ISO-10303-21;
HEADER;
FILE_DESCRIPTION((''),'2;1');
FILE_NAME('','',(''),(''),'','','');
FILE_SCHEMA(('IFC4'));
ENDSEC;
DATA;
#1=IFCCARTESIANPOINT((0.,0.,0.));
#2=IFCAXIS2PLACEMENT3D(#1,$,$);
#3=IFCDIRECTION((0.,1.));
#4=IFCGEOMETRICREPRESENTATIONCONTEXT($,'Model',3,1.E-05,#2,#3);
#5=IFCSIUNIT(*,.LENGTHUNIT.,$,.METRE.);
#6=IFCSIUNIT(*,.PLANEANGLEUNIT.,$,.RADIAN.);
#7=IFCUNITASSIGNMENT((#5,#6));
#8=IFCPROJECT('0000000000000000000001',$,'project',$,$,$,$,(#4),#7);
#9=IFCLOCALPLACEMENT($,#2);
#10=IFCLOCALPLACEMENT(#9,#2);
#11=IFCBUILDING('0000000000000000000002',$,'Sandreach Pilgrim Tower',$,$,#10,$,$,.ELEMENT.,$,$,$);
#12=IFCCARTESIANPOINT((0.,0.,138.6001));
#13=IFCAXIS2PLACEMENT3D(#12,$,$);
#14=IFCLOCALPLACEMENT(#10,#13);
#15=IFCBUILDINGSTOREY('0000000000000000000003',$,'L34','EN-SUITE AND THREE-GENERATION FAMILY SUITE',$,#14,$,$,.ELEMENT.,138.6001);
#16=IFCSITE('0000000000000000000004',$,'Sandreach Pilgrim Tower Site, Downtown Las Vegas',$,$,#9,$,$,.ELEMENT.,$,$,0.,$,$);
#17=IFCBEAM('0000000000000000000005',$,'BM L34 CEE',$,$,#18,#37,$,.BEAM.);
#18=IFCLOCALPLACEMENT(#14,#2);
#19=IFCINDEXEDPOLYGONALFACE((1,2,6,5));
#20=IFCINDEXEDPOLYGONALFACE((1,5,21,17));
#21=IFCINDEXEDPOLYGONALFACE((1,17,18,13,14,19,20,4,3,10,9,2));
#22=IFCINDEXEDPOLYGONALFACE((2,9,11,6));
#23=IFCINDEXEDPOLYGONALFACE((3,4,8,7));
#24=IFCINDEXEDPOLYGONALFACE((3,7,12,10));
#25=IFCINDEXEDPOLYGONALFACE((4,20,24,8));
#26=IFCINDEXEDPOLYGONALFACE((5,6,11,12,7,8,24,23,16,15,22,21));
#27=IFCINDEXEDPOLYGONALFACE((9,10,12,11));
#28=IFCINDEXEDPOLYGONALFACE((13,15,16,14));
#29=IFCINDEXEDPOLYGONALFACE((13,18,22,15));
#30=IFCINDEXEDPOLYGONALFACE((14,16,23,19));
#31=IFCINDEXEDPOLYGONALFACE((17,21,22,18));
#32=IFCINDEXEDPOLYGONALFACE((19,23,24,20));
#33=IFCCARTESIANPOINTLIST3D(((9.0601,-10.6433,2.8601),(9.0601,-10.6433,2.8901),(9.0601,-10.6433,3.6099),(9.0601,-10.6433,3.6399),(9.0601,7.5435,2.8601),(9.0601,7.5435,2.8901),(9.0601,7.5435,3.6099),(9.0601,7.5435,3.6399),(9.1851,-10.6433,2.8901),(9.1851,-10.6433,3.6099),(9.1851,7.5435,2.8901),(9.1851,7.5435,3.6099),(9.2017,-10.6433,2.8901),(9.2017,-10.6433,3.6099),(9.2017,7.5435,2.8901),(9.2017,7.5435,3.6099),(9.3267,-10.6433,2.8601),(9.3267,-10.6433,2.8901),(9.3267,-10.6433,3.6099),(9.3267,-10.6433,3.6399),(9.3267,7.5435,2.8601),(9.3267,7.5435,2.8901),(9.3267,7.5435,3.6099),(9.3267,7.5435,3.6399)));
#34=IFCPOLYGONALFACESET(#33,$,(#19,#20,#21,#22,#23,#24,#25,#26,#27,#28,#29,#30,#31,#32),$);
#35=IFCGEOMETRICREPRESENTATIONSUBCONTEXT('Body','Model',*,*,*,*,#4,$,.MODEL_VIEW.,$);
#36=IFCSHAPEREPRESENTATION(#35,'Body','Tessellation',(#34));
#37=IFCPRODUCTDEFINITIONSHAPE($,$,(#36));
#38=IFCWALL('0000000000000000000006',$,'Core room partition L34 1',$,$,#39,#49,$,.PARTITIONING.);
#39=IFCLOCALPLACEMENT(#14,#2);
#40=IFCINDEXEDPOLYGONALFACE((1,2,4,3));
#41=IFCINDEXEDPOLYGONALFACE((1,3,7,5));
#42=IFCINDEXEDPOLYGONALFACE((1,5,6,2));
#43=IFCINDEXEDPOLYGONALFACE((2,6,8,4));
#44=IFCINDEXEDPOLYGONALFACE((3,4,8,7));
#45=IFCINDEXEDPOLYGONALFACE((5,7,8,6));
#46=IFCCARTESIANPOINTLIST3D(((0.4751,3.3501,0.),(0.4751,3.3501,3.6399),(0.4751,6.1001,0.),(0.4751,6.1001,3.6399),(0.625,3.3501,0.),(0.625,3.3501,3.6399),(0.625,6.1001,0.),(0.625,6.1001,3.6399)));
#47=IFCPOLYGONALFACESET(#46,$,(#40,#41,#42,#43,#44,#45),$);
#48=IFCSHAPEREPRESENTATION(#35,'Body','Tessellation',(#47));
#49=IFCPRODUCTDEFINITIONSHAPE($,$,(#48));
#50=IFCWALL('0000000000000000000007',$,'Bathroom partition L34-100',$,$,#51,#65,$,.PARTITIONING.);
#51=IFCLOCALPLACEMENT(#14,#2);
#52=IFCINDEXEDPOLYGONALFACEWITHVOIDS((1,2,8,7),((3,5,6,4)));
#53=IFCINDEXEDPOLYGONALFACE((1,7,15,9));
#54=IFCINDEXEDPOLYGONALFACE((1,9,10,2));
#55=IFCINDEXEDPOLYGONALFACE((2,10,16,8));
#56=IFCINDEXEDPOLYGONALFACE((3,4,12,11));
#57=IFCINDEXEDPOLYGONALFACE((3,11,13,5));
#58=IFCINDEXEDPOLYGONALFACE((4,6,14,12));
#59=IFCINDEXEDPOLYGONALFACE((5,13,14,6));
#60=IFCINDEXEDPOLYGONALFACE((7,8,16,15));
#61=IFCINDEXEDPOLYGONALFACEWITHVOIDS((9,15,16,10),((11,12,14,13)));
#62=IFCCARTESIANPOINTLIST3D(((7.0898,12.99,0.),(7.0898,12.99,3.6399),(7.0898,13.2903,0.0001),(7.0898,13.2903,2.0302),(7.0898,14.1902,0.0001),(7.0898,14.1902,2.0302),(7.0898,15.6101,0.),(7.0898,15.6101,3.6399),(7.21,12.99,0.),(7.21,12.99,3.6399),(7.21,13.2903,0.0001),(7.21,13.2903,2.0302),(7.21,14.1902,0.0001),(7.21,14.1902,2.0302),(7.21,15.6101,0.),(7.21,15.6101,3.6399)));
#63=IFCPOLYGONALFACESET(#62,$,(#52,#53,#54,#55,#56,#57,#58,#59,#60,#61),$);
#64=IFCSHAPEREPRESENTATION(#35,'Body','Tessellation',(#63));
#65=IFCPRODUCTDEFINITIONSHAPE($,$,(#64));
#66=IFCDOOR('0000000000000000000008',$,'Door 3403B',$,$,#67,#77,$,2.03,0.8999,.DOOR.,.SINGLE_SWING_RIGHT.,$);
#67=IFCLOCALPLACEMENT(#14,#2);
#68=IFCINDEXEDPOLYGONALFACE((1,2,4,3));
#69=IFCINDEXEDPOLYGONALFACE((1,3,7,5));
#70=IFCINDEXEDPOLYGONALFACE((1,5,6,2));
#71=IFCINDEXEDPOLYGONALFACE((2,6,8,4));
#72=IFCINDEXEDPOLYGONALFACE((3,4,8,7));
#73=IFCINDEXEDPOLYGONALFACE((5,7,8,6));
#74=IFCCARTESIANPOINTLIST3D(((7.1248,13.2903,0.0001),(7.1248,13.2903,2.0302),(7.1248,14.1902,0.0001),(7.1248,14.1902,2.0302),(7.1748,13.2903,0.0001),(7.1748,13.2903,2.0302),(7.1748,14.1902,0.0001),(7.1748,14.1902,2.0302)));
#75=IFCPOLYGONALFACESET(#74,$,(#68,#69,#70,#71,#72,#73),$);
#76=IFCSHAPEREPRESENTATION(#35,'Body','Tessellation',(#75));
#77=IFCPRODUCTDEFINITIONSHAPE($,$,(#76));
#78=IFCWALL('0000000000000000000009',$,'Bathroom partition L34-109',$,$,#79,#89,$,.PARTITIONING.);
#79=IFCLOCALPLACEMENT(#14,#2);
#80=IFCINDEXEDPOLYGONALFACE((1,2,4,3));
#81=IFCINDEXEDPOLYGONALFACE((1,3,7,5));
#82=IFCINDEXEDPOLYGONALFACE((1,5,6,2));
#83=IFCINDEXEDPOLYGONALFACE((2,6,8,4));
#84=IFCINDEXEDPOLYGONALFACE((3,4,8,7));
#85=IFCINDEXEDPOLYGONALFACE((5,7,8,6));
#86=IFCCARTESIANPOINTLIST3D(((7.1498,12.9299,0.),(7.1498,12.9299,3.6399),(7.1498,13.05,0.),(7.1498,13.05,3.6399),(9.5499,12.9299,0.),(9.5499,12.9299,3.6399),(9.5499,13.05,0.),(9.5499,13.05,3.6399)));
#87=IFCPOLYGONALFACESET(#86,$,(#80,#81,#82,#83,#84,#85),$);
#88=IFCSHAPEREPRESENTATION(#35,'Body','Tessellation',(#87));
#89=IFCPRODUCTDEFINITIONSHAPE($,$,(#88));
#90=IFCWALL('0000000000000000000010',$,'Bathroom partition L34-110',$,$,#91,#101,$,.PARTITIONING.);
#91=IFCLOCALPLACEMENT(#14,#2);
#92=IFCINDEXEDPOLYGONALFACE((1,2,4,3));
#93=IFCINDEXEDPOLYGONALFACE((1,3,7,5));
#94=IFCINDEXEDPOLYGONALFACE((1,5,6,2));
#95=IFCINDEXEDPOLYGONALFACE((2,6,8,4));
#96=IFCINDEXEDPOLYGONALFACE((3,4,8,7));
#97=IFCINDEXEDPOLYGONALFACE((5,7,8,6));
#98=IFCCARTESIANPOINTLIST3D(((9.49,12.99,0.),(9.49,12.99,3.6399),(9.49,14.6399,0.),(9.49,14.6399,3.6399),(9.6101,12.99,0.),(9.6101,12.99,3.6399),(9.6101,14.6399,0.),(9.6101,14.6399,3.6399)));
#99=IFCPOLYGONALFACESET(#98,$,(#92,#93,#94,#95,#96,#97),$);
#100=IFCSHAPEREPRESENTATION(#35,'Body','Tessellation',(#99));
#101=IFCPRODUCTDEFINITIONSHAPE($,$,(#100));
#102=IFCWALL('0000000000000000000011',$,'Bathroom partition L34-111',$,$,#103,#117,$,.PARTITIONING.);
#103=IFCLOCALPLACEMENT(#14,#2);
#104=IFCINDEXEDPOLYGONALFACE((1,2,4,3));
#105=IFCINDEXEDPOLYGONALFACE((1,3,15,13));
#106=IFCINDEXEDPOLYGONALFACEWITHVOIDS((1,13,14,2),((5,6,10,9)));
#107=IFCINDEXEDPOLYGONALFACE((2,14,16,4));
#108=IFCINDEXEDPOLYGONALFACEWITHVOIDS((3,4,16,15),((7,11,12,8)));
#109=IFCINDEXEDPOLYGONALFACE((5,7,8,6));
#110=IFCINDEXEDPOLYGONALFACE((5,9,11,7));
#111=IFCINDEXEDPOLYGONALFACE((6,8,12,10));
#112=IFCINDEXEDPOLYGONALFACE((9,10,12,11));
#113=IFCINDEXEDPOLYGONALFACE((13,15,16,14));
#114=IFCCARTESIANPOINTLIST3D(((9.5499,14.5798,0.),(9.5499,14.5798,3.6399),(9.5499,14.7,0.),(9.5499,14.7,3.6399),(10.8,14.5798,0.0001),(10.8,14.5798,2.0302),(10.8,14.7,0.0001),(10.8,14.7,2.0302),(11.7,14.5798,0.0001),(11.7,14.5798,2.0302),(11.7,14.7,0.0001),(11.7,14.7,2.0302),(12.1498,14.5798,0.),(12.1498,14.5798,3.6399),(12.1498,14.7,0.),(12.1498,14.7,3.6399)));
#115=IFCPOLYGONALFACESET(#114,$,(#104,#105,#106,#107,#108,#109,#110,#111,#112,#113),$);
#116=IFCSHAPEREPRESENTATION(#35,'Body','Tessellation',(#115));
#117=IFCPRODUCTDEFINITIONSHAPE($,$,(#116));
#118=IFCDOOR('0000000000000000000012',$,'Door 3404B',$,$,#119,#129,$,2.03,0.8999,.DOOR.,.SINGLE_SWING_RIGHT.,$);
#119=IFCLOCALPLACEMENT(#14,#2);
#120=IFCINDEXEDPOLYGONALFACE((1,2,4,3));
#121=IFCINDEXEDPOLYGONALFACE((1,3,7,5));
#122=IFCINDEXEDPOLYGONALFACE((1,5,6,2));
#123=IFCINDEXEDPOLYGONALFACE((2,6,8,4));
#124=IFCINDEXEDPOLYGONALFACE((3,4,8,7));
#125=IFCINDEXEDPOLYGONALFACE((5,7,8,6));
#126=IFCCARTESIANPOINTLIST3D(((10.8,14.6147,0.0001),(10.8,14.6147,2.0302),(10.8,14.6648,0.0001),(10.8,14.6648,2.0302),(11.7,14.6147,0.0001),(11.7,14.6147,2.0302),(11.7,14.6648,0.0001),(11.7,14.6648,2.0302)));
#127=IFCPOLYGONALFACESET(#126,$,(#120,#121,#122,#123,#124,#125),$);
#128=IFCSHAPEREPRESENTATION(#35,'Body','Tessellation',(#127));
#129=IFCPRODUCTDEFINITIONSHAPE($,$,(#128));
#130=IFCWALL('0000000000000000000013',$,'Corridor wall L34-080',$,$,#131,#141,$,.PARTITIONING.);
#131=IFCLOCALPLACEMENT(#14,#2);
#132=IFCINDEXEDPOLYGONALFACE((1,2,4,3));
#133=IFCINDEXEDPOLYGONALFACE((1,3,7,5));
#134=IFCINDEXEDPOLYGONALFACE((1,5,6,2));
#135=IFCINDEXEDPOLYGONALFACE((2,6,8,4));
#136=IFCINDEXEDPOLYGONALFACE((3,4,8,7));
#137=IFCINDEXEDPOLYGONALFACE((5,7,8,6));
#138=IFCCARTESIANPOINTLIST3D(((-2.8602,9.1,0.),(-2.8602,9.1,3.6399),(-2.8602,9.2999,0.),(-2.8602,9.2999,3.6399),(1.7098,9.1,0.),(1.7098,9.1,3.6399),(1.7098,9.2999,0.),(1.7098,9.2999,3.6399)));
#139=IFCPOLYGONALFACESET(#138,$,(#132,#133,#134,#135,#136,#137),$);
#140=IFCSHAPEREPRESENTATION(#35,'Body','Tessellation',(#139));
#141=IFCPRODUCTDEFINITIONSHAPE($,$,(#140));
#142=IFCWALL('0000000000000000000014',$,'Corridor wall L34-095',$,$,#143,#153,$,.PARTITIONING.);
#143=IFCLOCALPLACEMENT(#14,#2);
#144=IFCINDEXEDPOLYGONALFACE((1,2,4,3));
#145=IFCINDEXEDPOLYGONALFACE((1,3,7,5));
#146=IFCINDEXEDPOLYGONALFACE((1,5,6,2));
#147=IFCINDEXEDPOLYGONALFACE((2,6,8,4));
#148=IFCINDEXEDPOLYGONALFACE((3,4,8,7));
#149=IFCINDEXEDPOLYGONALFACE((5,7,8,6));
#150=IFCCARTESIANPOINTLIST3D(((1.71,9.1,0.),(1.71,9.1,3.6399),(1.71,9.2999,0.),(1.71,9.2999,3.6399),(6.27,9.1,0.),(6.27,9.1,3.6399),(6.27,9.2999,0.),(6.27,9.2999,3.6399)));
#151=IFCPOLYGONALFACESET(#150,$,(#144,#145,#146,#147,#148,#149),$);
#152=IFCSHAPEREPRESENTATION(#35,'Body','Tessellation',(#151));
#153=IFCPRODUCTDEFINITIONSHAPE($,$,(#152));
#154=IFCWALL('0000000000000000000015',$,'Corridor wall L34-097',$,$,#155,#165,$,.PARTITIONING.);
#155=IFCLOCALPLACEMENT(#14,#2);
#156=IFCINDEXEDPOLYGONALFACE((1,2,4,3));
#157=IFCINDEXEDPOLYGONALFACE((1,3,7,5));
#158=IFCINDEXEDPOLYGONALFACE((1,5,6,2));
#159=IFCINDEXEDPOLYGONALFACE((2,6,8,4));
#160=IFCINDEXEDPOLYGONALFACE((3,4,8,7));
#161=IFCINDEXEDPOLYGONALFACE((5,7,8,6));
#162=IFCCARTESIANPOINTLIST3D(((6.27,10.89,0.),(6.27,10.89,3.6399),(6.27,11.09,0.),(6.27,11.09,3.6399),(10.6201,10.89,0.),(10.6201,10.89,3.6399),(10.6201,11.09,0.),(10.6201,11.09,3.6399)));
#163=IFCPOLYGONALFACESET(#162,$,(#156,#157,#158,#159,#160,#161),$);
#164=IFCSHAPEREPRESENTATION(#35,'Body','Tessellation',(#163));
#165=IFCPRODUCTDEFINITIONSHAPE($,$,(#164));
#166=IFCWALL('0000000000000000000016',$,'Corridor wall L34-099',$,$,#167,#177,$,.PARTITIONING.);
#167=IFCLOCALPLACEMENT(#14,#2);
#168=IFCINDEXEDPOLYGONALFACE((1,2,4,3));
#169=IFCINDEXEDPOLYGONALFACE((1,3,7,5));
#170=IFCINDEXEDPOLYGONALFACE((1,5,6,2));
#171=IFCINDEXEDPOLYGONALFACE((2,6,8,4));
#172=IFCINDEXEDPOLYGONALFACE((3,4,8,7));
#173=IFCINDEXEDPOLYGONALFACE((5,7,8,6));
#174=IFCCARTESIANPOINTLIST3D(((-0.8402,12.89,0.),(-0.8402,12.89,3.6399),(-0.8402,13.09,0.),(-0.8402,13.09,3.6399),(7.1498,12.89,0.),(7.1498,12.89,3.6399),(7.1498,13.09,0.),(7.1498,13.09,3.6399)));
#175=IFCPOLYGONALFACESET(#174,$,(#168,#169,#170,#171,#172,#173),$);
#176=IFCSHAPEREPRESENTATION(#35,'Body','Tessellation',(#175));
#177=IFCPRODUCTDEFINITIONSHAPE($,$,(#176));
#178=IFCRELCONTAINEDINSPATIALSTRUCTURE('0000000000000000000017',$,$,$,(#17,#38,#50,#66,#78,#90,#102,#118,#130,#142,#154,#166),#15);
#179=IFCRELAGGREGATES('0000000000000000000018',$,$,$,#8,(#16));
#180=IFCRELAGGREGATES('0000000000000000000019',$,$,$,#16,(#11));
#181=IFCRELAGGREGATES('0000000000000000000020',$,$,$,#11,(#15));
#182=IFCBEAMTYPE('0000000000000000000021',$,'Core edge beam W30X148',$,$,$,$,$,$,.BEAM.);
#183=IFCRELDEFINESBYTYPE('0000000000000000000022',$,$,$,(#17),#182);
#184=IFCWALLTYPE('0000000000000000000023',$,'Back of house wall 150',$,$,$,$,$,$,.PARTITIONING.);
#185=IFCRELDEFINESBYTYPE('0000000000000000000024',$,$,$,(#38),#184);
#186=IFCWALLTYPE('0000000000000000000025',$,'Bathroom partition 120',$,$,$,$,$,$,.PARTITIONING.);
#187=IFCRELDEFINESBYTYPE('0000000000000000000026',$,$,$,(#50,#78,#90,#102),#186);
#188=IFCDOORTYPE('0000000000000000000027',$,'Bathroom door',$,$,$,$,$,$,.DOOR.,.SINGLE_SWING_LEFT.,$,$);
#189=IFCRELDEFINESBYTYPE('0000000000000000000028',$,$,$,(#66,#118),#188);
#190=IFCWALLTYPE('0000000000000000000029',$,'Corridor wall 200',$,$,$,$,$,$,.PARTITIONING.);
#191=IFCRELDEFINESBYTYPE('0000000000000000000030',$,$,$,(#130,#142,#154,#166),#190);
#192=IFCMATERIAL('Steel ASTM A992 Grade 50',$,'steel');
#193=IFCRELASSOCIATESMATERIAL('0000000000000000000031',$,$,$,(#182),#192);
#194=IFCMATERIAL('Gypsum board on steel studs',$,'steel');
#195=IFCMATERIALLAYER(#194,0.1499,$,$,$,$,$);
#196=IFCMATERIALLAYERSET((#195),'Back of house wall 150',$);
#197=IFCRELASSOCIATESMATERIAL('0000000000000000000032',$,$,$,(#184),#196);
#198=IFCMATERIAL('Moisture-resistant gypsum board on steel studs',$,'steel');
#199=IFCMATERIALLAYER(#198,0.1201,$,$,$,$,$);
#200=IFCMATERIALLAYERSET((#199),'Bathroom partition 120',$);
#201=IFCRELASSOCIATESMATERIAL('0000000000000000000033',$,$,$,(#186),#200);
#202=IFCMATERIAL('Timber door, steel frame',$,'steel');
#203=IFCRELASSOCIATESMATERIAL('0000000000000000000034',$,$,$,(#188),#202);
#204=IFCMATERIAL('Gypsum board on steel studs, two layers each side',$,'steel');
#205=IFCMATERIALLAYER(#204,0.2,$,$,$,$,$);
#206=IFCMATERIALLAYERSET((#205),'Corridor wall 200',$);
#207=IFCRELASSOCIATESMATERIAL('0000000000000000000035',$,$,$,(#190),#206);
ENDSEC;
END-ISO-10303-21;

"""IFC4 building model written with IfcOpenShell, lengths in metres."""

from ifc_helpers import new_model, si_unit, direction, frame, frame_2d, origin, origin_2d, place, context, subcontext, project, spatial, rectangle, i_section, extrude, material, layer, layer_set, material_profile, profile_set, type_object, element, fill, save


model = new_model("IFC4")

# Units and contexts
model_context = context("Model", 3, precision=1e-05, world=origin(), true_north=direction((0.0, 1.0)))
body_context = subcontext(model_context, "Body", "Model", "MODEL_VIEW")
ifc_project = project(units=[si_unit("LENGTHUNIT", "METRE"), si_unit("PLANEANGLEUNIT", "RADIAN")], contexts=[model_context])

# Site, building, storey
site_placement = place(None, origin())
site = spatial("IfcSite", under=ifc_project, at=site_placement, Name="Sandreach Pilgrim Tower Site, Downtown Las Vegas", CompositionType="ELEMENT", RefElevation=0.0)
building_placement = place(site_placement, origin())
building = spatial("IfcBuilding", under=site, at=building_placement, Name="Sandreach Pilgrim Tower", CompositionType="ELEMENT")
storey_placement = place(building_placement, frame((0.0, 0.0, 138.6001)))
storey = spatial("IfcBuildingStorey", under=building, at=storey_placement, Name="L34", Description="EN-SUITE AND THREE-GENERATION FAMILY SUITE", CompositionType="ELEMENT", Elevation=138.6001)

# Beam
ifc_material_1 = material(Name="Steel ASTM A992 Grade 50", Category="steel")
ifc_material_profile = material_profile(ifc_material_1, i_section(OverallWidth=0.2666, OverallDepth=0.7798, WebThickness=0.0166, FlangeThickness=0.03, at=origin_2d()), Name="W30X148")
ifc_profile_set = profile_set([ifc_material_profile], Name="Steel ASTM A992 Grade 50")
beam_type = type_object("IfcBeamType", Name="Core edge beam W30X148", PredefinedType="BEAM", material=ifc_profile_set)
beam_placement = place(storey_placement, frame((9.1934, 7.5435, 3.25), z_axis=(0.0, -1.0, 0.0), x_axis=(1.0, 0.0, 0.0)))
element("IfcBeam", 1, at=beam_placement, inside=storey, type_object=beam_type, Name="BM L34 CEE", PredefinedType="BEAM", context=body_context, shape_type="SweptSolid", body=[
    extrude(i_section(OverallWidth=0.2666, OverallDepth=0.7798, WebThickness=0.0166, FlangeThickness=0.03, at=origin_2d()), origin(), (0.0, 0.0, 1.0), 18.1868),
])

# Wall
ifc_material_2 = material(Name="Gypsum board on steel studs", Category="steel")
ifc_layer_1 = layer(ifc_material_2, 0.1499)
ifc_layer_set_1 = layer_set([ifc_layer_1], Name="Back of house wall 150")
wall_type_1 = type_object("IfcWallType", Name="Back of house wall 150", PredefinedType="PARTITIONING", material=ifc_layer_set_1)
wall_1_placement = place(storey_placement, frame((0.55, 3.3501, 0.0), z_axis=(0.0, 0.0, 1.0), x_axis=(0.0, 1.0, 0.0)))
element("IfcWall", 2, at=wall_1_placement, inside=storey, type_object=wall_type_1, Name="Core room partition L34 1", PredefinedType="PARTITIONING", context=body_context, shape_type="SweptSolid", body=[
    extrude(rectangle(XDim=2.75, YDim=0.1499, at=frame_2d((1.375, 0.0))), origin(), (0.0, 0.0, 1.0), 3.6399),
])

# Wall, opening, door
ifc_material_3 = material(Name="Moisture-resistant gypsum board on steel studs", Category="steel")
ifc_layer_2 = layer(ifc_material_3, 0.1201)
ifc_layer_set_2 = layer_set([ifc_layer_2], Name="Bathroom partition 120")
wall_type_2 = type_object("IfcWallType", Name="Bathroom partition 120", PredefinedType="PARTITIONING", material=ifc_layer_set_2)
wall_2_placement = place(storey_placement, frame((7.1499, 15.6101, 0.0), z_axis=(0.0, 0.0, 1.0), x_axis=(0.0, -1.0, 0.0)))
wall_2 = element("IfcWall", 3, at=wall_2_placement, inside=storey, type_object=wall_type_2, Name="Bathroom partition L34-100", PredefinedType="PARTITIONING", context=body_context, shape_type="SweptSolid", body=[
    extrude(rectangle(XDim=2.6201, YDim=0.1201, at=frame_2d((1.3101, 0.0))), origin(), (0.0, 0.0, 1.0), 3.6399),
])
opening_1_placement = place(wall_2_placement, frame((1.4199, 0.0, 0.0)))
opening_1 = element("IfcOpeningElement", 4, at=opening_1_placement, cuts=wall_2, PredefinedType="OPENING", context=body_context, shape_type="SweptSolid", body=[
    extrude(rectangle(XDim=0.8999, YDim=2.03, at=frame_2d((0.45, 1.0151))), frame((0.0, 0.0601, 0.0), z_axis=(0.0, -1.0, 0.0), x_axis=(1.0, 0.0, 0.0)), (0.0, 0.0, 1.0), 0.1201),
])
ifc_material_4 = material(Name="Timber door, steel frame", Category="steel")
door_type_1 = type_object("IfcDoorType", Name="Bathroom door", OperationType="SINGLE_SWING_LEFT", PredefinedType="DOOR", material=ifc_material_4)
door_1_placement = place(opening_1_placement, origin())
door_1 = element("IfcDoor", 5, at=door_1_placement, inside=storey, type_object=door_type_1, Name="Door 3403B", OperationType="SINGLE_SWING_RIGHT", OverallHeight=2.03, OverallWidth=0.8999, PredefinedType="DOOR", context=body_context, shape_type="SweptSolid", body=[
    extrude(rectangle(XDim=0.8999, YDim=2.03, at=frame_2d((0.45, 1.0151))), frame((0.0, 0.0249, 0.0), z_axis=(0.0, -1.0, 0.0), x_axis=(1.0, 0.0, 0.0)), (0.0, 0.0, 1.0), 0.05),
])
fill(opening_1, door_1)

# Walls
wall_3_placement = place(storey_placement, frame((9.55, 12.99, 0.0), z_axis=(0.0, 0.0, 1.0), x_axis=(-1.0, 0.0, 0.0)))
element("IfcWall", 6, at=wall_3_placement, inside=storey, type_object=wall_type_2, Name="Bathroom partition L34-109", PredefinedType="PARTITIONING", context=body_context, shape_type="SweptSolid", body=[
    extrude(rectangle(XDim=2.4001, YDim=0.1201, at=frame_2d((1.2002, 0.0))), origin(), (0.0, 0.0, 1.0), 3.6399),
])
wall_4_placement = place(storey_placement, frame((9.55, 14.6399, 0.0), z_axis=(0.0, 0.0, 1.0), x_axis=(0.0, -1.0, 0.0)))
element("IfcWall", 7, at=wall_4_placement, inside=storey, type_object=wall_type_2, Name="Bathroom partition L34-110", PredefinedType="PARTITIONING", context=body_context, shape_type="SweptSolid", body=[
    extrude(rectangle(XDim=1.6499, YDim=0.1201, at=frame_2d((0.825, 0.0))), origin(), (0.0, 0.0, 1.0), 3.6399),
])

# Wall, opening, door
wall_5_placement = place(storey_placement, frame((9.55, 14.6399, 0.0), z_axis=(0.0, 0.0, 1.0), x_axis=(1.0, 0.0, 0.0)))
wall_5 = element("IfcWall", 8, at=wall_5_placement, inside=storey, type_object=wall_type_2, Name="Bathroom partition L34-111", PredefinedType="PARTITIONING", context=body_context, shape_type="SweptSolid", body=[
    extrude(rectangle(XDim=2.5999, YDim=0.1201, at=frame_2d((1.2998, 0.0))), origin(), (0.0, 0.0, 1.0), 3.6399),
])
opening_2_placement = place(wall_5_placement, frame((1.25, 0.0, 0.0)))
opening_2 = element("IfcOpeningElement", 9, at=opening_2_placement, cuts=wall_5, PredefinedType="OPENING", context=body_context, shape_type="SweptSolid", body=[
    extrude(rectangle(XDim=0.8999, YDim=2.03, at=frame_2d((0.45, 1.0151))), frame((0.0, 0.0601, 0.0), z_axis=(0.0, -1.0, 0.0), x_axis=(1.0, 0.0, 0.0)), (0.0, 0.0, 1.0), 0.1201),
])
door_2_placement = place(opening_2_placement, origin())
door_2 = element("IfcDoor", 10, at=door_2_placement, inside=storey, type_object=door_type_1, Name="Door 3404B", OperationType="SINGLE_SWING_RIGHT", OverallHeight=2.03, OverallWidth=0.8999, PredefinedType="DOOR", context=body_context, shape_type="SweptSolid", body=[
    extrude(rectangle(XDim=0.8999, YDim=2.03, at=frame_2d((0.45, 1.0151))), frame((0.0, 0.0249, 0.0), z_axis=(0.0, -1.0, 0.0), x_axis=(1.0, 0.0, 0.0)), (0.0, 0.0, 1.0), 0.05),
])
fill(opening_2, door_2)

# Wall
ifc_material_5 = material(Name="Gypsum board on steel studs, two layers each side", Category="steel")
ifc_layer_3 = layer(ifc_material_5, 0.2)
ifc_layer_set_3 = layer_set([ifc_layer_3], Name="Corridor wall 200")
wall_type_3 = type_object("IfcWallType", Name="Corridor wall 200", PredefinedType="PARTITIONING", material=ifc_layer_set_3)
wall_6_placement = place(storey_placement, frame((1.71, 9.2, 0.0), z_axis=(0.0, 0.0, 1.0), x_axis=(-1.0, 0.0, 0.0)))
element("IfcWall", 11, at=wall_6_placement, inside=storey, type_object=wall_type_3, Name="Corridor wall L34-080", PredefinedType="PARTITIONING", context=body_context, shape_type="SweptSolid", body=[
    extrude(rectangle(XDim=4.5701, YDim=0.2, at=frame_2d((2.2852, 0.0))), origin(), (0.0, 0.0, 1.0), 3.6399),
])

# Walls
wall_7_placement = place(storey_placement, frame((6.27, 9.2, 0.0), z_axis=(0.0, 0.0, 1.0), x_axis=(-1.0, 0.0, 0.0)))
element("IfcWall", 12, at=wall_7_placement, inside=storey, type_object=wall_type_3, Name="Corridor wall L34-095", PredefinedType="PARTITIONING", context=body_context, shape_type="SweptSolid", body=[
    extrude(rectangle(XDim=4.5601, YDim=0.2, at=frame_2d((2.28, 0.0))), origin(), (0.0, 0.0, 1.0), 3.6399),
])
wall_8_placement = place(storey_placement, frame((6.27, 10.99, 0.0), z_axis=(0.0, 0.0, 1.0), x_axis=(1.0, 0.0, 0.0)))
element("IfcWall", 13, at=wall_8_placement, inside=storey, type_object=wall_type_3, Name="Corridor wall L34-097", PredefinedType="PARTITIONING", context=body_context, shape_type="SweptSolid", body=[
    extrude(rectangle(XDim=4.3501, YDim=0.2, at=frame_2d((2.175, 0.0))), origin(), (0.0, 0.0, 1.0), 3.6399),
])
wall_9_placement = place(storey_placement, frame((7.1499, 12.99, 0.0), z_axis=(0.0, 0.0, 1.0), x_axis=(-1.0, 0.0, 0.0)))
element("IfcWall", 14, at=wall_9_placement, inside=storey, type_object=wall_type_3, Name="Corridor wall L34-099", PredefinedType="PARTITIONING", context=body_context, shape_type="SweptSolid", body=[
    extrude(rectangle(XDim=7.99, YDim=0.2, at=frame_2d((3.9951, 0.0))), origin(), (0.0, 0.0, 1.0), 3.6399),
])

save(model, "model.ifc")
